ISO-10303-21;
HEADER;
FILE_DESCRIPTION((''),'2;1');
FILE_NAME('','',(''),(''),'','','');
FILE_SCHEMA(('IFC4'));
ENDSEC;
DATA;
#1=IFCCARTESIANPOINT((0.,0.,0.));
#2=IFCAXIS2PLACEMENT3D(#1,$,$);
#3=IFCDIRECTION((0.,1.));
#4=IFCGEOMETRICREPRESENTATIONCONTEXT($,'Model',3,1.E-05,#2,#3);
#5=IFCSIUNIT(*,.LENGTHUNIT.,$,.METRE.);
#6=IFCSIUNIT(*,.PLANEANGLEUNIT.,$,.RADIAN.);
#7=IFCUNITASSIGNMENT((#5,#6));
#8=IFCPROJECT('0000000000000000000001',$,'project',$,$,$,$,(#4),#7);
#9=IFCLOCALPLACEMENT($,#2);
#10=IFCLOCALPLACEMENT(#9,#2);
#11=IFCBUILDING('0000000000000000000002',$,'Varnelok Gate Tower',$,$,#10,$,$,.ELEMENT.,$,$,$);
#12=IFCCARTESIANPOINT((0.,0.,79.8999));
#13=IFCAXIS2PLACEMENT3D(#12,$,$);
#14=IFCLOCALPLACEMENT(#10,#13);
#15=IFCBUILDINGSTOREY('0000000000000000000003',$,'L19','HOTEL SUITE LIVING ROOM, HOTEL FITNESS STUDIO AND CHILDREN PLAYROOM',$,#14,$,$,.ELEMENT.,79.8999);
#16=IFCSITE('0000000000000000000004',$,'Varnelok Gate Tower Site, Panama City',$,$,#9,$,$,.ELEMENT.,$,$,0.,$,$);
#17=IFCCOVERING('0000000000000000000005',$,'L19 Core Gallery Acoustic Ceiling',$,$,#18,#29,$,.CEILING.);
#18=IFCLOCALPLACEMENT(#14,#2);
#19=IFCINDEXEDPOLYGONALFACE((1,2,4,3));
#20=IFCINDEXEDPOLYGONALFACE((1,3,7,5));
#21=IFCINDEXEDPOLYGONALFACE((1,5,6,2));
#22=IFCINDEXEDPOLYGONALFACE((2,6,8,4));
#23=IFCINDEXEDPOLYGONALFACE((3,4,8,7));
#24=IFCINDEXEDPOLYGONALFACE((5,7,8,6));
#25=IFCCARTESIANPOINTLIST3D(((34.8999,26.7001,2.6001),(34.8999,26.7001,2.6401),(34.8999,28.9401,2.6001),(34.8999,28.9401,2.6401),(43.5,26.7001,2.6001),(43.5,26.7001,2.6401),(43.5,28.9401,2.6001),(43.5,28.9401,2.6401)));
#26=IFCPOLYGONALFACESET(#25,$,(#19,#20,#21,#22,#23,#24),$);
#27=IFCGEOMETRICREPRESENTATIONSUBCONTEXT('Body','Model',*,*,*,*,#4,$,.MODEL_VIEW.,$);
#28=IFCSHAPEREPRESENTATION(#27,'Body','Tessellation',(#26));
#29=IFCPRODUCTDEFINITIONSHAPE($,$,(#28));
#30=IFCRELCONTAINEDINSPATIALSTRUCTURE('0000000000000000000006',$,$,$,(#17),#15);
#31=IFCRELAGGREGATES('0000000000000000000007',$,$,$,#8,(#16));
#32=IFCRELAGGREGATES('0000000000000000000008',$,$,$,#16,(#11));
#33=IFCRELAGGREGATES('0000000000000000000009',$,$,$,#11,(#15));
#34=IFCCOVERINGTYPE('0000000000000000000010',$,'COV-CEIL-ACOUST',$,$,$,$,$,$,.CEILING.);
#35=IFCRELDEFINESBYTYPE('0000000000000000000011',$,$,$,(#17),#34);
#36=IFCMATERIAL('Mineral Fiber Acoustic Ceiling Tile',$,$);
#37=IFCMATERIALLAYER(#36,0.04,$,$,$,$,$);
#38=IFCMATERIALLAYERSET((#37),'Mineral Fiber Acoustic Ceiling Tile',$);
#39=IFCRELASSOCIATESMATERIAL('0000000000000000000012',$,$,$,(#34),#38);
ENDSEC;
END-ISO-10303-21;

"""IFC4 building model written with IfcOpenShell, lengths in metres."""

from ifc_helpers import new_model, si_unit, direction, frame, origin, origin_2d, place, context, subcontext, project, spatial, rectangle, extrude, source, transform, mapped, material, layer, layer_set, type_object, element, save


model = new_model("IFC4")

# Units and contexts
model_context = context("Model", 3, precision=1e-05, world=origin(), true_north=direction((0.0, 1.0)))
body_context = subcontext(model_context, "Body", "Model", "MODEL_VIEW")
ifc_project = project(units=[si_unit("LENGTHUNIT", "METRE"), si_unit("PLANEANGLEUNIT", "RADIAN")], contexts=[model_context])

# Site, building, storey
site_placement = place(None, origin())
site = spatial("IfcSite", under=ifc_project, at=site_placement, Name="Varnelok Gate Tower Site, Panama City", CompositionType="ELEMENT", RefElevation=0.0)
building_placement = place(site_placement, origin())
building = spatial("IfcBuilding", under=site, at=building_placement, Name="Varnelok Gate Tower", CompositionType="ELEMENT")
storey_placement = place(building_placement, frame((0.0, 0.0, 79.8999)))
storey = spatial("IfcBuildingStorey", under=building, at=storey_placement, Name="L19", Description="HOTEL SUITE LIVING ROOM, HOTEL FITNESS STUDIO AND CHILDREN PLAYROOM", CompositionType="ELEMENT", Elevation=79.8999)

# Covering
ifc_material_1 = material(Name="Mineral Fiber Acoustic Ceiling Tile")
ifc_layer_1 = layer(ifc_material_1, 0.04)
ifc_layer_set_1 = layer_set([ifc_layer_1], Name="Mineral Fiber Acoustic Ceiling Tile")
covering_type_1 = type_object("IfcCoveringType", Name="COV-CEIL-ACOUST", PredefinedType="CEILING", material=ifc_layer_set_1)
shared_shape_1 = source(origin(), body_context, "Body", "SweptSolid", [
    extrude(rectangle(XDim=8.6001, YDim=2.24, at=origin_2d()), origin(), (0.0, 0.0, 1.0), 0.04),
])
covering_1_placement = place(storey_placement, frame((39.2, 27.8201, 2.6001), z_axis=(0.0, 0.0, 1.0), x_axis=(1.0, 0.0, 0.0)))
element("IfcCovering", 1, at=covering_1_placement, inside=storey, type_object=covering_type_1, Name="L19 Core Gallery Acoustic Ceiling", PredefinedType="CEILING", context=body_context, shape_type="MappedRepresentation", body=[
    mapped(shared_shape_1, transform((0.0, 0.0, 0.0), scale=1.0)),
])

save(model, "model.ifc")
